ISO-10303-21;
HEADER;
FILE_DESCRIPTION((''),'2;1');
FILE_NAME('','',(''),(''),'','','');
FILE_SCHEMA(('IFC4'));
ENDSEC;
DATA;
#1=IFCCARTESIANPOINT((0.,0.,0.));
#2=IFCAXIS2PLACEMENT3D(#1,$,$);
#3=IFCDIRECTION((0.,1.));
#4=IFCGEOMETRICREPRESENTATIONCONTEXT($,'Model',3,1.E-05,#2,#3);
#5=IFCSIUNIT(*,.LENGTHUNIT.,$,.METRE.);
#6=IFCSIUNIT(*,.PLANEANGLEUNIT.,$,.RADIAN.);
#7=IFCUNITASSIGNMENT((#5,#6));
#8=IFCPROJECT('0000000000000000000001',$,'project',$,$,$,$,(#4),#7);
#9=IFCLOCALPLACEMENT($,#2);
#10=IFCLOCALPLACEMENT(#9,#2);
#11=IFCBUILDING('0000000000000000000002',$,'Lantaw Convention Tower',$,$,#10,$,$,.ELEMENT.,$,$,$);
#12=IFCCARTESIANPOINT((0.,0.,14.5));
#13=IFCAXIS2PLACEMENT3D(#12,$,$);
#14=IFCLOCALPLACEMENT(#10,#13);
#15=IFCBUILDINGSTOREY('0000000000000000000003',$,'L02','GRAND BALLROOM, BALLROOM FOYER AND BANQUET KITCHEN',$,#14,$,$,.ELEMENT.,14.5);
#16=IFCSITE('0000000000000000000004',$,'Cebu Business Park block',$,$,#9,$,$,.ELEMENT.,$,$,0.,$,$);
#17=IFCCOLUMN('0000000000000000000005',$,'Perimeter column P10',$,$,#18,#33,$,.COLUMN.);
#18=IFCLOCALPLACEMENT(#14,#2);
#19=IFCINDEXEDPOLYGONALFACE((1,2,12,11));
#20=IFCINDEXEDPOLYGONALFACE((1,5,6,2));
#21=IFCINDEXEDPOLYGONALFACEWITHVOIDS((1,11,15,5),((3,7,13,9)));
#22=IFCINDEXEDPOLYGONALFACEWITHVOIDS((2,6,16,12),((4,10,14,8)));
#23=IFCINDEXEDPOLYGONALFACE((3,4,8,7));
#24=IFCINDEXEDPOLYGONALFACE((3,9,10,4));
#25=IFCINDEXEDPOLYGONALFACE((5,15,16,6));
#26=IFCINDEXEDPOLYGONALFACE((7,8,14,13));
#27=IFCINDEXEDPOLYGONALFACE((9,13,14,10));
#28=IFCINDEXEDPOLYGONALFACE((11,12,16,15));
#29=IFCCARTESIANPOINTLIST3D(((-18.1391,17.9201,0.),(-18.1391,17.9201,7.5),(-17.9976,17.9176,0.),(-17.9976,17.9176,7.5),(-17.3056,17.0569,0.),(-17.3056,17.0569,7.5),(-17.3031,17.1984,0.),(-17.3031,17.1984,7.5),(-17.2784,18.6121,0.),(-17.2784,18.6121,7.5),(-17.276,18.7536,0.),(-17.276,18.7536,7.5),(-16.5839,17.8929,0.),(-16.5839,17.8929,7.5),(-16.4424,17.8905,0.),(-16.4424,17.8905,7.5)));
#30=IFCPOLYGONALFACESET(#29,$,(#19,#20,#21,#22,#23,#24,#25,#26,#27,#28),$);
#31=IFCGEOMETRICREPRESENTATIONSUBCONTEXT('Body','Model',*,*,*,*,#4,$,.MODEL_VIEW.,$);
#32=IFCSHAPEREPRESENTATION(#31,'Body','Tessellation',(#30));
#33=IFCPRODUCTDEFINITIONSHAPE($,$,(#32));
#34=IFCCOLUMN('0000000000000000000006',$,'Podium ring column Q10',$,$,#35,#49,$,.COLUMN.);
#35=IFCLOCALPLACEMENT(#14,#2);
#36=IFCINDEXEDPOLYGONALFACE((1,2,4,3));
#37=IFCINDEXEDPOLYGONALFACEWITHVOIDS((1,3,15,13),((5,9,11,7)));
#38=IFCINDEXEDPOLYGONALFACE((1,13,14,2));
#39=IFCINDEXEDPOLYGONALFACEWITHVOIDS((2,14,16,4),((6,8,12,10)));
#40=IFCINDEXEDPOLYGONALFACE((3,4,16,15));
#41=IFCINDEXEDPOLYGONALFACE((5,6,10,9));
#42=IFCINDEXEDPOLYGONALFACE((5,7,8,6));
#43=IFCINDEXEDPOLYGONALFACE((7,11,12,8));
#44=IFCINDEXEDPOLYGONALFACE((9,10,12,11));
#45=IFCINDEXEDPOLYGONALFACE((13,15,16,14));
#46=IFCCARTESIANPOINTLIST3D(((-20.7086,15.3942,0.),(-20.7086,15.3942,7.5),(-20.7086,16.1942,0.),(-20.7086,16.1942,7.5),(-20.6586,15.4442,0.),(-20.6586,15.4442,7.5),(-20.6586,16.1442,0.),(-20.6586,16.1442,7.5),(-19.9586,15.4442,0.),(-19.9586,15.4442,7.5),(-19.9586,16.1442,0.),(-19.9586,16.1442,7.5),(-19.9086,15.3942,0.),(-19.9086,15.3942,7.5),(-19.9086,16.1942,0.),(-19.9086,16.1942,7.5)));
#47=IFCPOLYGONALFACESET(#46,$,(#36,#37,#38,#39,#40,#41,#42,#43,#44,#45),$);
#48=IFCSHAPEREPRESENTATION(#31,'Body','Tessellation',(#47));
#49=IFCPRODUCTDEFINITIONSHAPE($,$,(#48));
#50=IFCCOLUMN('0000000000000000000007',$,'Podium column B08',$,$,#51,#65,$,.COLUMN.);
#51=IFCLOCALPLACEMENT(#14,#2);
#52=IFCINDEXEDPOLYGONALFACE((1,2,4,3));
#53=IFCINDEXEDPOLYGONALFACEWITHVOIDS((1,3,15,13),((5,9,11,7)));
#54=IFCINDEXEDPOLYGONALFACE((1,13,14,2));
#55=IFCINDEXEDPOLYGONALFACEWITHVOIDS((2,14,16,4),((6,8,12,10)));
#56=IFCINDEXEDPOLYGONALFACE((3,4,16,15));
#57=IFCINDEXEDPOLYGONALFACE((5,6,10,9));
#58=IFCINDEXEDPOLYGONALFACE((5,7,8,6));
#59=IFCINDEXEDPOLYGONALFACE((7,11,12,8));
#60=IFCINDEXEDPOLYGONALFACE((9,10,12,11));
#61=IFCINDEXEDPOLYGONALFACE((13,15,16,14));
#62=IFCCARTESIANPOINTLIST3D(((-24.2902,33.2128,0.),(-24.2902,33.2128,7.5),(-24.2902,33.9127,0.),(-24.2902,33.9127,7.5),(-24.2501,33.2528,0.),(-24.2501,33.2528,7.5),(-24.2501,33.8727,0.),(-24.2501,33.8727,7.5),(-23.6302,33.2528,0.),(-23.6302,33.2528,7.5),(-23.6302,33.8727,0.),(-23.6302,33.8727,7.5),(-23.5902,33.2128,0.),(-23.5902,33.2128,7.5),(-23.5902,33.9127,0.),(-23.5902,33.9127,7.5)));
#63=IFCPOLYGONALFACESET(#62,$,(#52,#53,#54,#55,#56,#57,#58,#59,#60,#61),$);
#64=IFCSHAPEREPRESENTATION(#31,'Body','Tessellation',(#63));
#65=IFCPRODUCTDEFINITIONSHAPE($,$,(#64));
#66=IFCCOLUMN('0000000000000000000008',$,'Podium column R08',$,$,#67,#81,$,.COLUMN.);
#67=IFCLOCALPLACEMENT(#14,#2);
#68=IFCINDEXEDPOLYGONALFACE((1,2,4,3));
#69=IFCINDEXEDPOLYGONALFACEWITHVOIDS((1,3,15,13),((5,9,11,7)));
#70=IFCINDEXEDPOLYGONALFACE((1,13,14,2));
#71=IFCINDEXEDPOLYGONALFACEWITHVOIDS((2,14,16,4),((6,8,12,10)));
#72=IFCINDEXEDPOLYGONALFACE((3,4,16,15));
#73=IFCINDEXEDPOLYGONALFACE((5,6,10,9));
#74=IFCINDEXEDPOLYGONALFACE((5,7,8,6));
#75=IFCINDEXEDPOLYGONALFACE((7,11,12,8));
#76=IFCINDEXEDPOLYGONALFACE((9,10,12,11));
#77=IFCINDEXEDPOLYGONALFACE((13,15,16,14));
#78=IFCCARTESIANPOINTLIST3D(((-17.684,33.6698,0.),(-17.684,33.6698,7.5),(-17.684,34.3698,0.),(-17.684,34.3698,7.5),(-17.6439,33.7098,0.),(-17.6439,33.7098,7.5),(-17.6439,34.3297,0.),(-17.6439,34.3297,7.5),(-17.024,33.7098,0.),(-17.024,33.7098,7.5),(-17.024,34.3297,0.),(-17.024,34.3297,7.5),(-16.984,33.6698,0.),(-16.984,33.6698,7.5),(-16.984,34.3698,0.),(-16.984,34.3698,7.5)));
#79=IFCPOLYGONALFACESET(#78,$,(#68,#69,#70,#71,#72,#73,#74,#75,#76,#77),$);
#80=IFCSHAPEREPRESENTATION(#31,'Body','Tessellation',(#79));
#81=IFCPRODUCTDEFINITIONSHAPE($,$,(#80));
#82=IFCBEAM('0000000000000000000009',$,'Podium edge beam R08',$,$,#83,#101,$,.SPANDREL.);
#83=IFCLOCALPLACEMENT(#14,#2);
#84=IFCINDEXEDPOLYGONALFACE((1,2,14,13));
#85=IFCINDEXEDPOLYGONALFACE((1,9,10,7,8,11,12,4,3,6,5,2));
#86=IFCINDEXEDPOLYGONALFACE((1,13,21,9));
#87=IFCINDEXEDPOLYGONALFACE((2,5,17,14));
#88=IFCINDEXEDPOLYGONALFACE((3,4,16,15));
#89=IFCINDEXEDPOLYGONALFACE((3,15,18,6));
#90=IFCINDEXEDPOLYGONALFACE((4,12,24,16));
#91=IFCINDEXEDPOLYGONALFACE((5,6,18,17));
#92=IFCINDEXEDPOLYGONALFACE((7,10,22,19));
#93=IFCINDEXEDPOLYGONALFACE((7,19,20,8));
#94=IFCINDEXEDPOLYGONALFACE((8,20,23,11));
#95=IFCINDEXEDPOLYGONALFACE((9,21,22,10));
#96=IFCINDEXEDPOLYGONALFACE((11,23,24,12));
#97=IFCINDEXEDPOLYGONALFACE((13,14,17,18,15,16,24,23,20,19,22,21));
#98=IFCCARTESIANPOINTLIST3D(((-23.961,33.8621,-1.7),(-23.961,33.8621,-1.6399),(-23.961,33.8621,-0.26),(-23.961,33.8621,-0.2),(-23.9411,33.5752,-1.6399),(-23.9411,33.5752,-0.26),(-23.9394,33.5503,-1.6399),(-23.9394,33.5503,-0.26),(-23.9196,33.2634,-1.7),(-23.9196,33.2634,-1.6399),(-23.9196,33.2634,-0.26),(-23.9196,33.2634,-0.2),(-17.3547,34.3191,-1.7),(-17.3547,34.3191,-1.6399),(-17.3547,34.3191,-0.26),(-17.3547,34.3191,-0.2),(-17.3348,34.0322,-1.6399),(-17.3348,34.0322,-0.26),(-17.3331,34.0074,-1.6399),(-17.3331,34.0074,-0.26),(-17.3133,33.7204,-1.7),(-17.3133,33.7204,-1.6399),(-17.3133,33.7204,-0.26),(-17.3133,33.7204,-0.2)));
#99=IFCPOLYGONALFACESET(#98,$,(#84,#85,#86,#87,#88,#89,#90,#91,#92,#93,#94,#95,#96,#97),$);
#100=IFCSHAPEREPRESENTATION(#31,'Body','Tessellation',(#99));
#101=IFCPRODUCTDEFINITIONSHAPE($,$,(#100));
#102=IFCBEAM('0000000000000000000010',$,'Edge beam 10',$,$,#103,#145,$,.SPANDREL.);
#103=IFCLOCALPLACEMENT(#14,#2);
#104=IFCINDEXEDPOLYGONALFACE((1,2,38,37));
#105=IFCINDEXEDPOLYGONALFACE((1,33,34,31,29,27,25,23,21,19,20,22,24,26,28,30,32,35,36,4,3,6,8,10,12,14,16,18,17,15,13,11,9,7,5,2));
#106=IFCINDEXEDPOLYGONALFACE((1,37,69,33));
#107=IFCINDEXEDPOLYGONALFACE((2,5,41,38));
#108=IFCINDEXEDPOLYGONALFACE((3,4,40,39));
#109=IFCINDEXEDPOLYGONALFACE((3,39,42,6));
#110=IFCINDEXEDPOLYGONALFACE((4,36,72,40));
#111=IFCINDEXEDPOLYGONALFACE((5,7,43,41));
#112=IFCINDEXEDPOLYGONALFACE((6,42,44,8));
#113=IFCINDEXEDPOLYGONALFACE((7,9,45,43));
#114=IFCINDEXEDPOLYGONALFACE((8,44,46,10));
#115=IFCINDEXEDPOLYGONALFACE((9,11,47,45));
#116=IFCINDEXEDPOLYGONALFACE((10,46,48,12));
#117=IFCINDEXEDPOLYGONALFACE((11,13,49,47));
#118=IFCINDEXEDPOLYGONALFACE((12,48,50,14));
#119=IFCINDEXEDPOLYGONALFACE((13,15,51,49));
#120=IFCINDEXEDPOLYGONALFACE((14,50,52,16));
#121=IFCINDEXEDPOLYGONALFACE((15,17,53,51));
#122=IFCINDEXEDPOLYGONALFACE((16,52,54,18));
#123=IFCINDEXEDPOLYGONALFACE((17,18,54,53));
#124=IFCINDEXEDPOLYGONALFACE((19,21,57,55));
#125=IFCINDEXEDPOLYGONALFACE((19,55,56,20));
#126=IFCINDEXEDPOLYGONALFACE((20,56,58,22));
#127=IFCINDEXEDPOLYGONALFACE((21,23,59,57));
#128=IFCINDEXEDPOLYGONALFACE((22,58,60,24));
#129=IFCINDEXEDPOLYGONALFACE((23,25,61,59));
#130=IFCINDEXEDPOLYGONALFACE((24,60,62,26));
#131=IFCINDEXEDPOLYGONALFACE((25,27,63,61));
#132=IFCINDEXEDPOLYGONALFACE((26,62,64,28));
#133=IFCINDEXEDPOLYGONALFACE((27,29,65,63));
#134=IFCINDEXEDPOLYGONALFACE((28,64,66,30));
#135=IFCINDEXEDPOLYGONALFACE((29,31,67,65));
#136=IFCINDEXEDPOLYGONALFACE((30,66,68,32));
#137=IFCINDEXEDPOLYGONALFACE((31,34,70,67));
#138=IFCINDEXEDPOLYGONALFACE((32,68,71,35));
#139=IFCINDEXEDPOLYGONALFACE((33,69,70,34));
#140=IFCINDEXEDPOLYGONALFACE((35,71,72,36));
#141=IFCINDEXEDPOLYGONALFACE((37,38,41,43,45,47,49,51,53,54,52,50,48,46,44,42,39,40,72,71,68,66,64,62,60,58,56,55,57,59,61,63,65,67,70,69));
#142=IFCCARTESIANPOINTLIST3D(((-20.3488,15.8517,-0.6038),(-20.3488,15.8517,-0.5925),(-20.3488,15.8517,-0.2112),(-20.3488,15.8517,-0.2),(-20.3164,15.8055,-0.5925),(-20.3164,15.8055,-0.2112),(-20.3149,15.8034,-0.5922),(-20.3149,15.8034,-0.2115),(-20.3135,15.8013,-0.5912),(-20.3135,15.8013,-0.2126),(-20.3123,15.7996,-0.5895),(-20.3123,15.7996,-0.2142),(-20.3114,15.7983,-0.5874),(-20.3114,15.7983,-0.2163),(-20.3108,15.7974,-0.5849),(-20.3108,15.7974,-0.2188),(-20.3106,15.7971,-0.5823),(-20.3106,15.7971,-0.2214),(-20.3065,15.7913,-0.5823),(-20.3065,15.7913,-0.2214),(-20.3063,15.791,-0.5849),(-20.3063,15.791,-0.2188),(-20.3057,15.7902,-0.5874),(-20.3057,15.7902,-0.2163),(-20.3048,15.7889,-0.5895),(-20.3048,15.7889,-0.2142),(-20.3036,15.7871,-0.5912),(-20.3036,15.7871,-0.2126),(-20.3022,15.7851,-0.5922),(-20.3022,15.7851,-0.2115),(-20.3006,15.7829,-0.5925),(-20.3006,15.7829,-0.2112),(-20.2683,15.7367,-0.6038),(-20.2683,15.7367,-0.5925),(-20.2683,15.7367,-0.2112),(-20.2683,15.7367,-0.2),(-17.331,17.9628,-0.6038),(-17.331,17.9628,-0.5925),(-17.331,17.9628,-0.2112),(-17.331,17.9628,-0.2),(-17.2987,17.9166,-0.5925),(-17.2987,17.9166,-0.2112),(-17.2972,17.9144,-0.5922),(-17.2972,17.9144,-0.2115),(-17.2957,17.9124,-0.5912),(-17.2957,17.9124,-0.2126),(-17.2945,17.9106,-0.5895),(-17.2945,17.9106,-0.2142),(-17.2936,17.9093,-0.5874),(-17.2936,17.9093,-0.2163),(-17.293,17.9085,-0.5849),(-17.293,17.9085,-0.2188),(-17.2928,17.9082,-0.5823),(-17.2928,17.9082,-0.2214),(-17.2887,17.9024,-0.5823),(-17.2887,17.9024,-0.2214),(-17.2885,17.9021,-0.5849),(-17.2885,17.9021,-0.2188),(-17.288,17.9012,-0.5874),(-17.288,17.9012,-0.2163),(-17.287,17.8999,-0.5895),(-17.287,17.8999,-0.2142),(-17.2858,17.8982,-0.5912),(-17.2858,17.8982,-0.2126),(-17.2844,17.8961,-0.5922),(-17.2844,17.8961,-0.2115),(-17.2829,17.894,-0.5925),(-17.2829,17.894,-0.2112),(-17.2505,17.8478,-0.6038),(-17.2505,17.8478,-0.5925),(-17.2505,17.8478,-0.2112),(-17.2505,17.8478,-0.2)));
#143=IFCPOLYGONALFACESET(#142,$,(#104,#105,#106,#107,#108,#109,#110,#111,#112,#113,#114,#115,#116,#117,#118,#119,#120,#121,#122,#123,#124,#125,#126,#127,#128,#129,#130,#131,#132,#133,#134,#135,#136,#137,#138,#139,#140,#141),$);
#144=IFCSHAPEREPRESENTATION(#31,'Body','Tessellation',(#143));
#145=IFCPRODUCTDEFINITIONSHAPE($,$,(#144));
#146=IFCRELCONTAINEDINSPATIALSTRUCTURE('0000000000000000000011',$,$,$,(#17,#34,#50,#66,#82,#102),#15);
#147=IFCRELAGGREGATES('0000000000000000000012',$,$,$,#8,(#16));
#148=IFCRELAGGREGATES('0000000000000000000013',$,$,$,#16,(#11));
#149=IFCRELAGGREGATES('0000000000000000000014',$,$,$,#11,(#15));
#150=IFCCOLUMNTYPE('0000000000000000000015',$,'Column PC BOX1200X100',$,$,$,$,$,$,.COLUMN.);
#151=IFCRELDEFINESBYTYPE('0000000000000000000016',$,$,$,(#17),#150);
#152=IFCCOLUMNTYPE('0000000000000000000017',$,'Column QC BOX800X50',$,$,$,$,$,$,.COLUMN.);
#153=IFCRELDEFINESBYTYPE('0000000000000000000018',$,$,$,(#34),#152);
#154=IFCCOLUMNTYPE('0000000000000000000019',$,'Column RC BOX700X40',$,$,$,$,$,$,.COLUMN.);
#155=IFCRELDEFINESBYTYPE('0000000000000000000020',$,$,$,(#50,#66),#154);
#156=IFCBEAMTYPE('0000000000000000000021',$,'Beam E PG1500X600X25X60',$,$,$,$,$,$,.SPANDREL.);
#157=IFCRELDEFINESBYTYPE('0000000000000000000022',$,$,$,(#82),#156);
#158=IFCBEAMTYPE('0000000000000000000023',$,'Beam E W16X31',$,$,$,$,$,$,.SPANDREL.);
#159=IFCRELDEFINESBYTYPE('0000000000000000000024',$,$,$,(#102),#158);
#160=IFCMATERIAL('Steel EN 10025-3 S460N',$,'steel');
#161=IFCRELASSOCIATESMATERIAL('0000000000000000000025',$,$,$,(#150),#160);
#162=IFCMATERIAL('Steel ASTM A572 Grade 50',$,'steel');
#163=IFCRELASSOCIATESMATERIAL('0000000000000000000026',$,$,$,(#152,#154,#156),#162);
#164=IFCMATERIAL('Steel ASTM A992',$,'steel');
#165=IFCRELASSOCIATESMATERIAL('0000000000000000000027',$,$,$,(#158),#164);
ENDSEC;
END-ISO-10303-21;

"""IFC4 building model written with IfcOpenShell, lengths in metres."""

from ifc_helpers import new_model, si_unit, direction, frame, origin, origin_2d, place, context, subcontext, project, spatial, rectangle, hollow_rectangle, i_section, extrude, material, material_profile, profile_set, type_object, element, save


model = new_model("IFC4")

# Units and contexts
model_context = context("Model", 3, precision=1e-05, world=origin(), true_north=direction((0.0, 1.0)))
body_context = subcontext(model_context, "Body", "Model", "MODEL_VIEW")
ifc_project = project(units=[si_unit("LENGTHUNIT", "METRE"), si_unit("PLANEANGLEUNIT", "RADIAN")], contexts=[model_context])

# Site, building, storey
site_placement = place(None, origin())
site = spatial("IfcSite", under=ifc_project, at=site_placement, Name="Cebu Business Park block", CompositionType="ELEMENT", RefElevation=0.0)
building_placement = place(site_placement, origin())
building = spatial("IfcBuilding", under=site, at=building_placement, Name="Lantaw Convention Tower", CompositionType="ELEMENT")
storey_placement = place(building_placement, frame((0.0, 0.0, 14.5)))
storey = spatial("IfcBuildingStorey", under=building, at=storey_placement, Name="L02", Description="GRAND BALLROOM, BALLROOM FOYER AND BANQUET KITCHEN", CompositionType="ELEMENT", Elevation=14.5)

# Columns
ifc_material_1 = material(Name="Steel EN 10025-3 S460N", Category="steel")
ifc_material_profile_1 = material_profile(ifc_material_1, hollow_rectangle(XDim=1.2, YDim=1.2, WallThickness=0.1001, at=origin_2d()), Name="BOX1200X100")
ifc_material_2 = material(Name="Concrete C60/75", Category="concrete")
ifc_material_profile_2 = material_profile(ifc_material_2, rectangle(XDim=1.0, YDim=1.0, at=origin_2d()), Name="Concrete fill of BOX1200X100")
ifc_profile_set_1 = profile_set([ifc_material_profile_1, ifc_material_profile_2], Name="Steel EN 10025-3 S460N")
column_type_1 = type_object("IfcColumnType", Name="Column PC BOX1200X100", PredefinedType="COLUMN", material=ifc_profile_set_1)
column_1_placement = place(storey_placement, frame((-17.2908, 17.9053, 0.0), z_axis=(0.0, 0.0, 1.0), x_axis=(0.71934, 0.694658, 0.0)))
element("IfcColumn", 1, at=column_1_placement, inside=storey, type_object=column_type_1, Name="Perimeter column P10", PredefinedType="COLUMN", context=body_context, shape_type="SweptSolid", body=[
    extrude(hollow_rectangle(XDim=1.2, YDim=1.2, WallThickness=0.1001, at=origin_2d()), origin(), (0.0, 0.0, 1.0), 7.5),
])
ifc_material_3 = material(Name="Steel ASTM A572 Grade 50", Category="steel")
ifc_material_profile_3 = material_profile(ifc_material_3, hollow_rectangle(XDim=0.8, YDim=0.8, WallThickness=0.05, at=origin_2d()), Name="BOX800X50")
ifc_profile_set_2 = profile_set([ifc_material_profile_3], Name="Steel ASTM A572 Grade 50")
column_type_2 = type_object("IfcColumnType", Name="Column QC BOX800X50", PredefinedType="COLUMN", material=ifc_profile_set_2)
column_2_placement = place(storey_placement, frame((-20.3086, 15.7942, 0.0), z_axis=(0.0, 0.0, 1.0), x_axis=(1.0, 0.0, 0.0)))
element("IfcColumn", 2, at=column_2_placement, inside=storey, type_object=column_type_2, Name="Podium ring column Q10", PredefinedType="COLUMN", context=body_context, shape_type="SweptSolid", body=[
    extrude(hollow_rectangle(XDim=0.8, YDim=0.8, WallThickness=0.05, at=origin_2d()), origin(), (0.0, 0.0, 1.0), 7.5),
])
ifc_material_profile_4 = material_profile(ifc_material_3, hollow_rectangle(XDim=0.7, YDim=0.7, WallThickness=0.04, at=origin_2d()), Name="BOX700X40")
ifc_profile_set_3 = profile_set([ifc_material_profile_4], Name="Steel ASTM A572 Grade 50")
column_type_3 = type_object("IfcColumnType", Name="Column RC BOX700X40", PredefinedType="COLUMN", material=ifc_profile_set_3)
for number, where, z_axis, x_axis, name in (
    (3, (-23.9402, 33.5627, 0.0), (0.0, 0.0, 1.0), (1.0, 0.0, 0.0), "Podium column B08"),
    (4, (-17.334, 34.0198, 0.0), (0.0, 0.0, 1.0), (1.0, 0.0, 0.0), "Podium column R08"),
):
    element("IfcColumn", number, at=place(storey_placement, frame(where, z_axis=z_axis, x_axis=x_axis)), inside=storey, type_object=column_type_3, Name=name, PredefinedType="COLUMN", context=body_context, shape_type="SweptSolid", body=[
        extrude(hollow_rectangle(XDim=0.7, YDim=0.7, WallThickness=0.04, at=origin_2d()), origin(), (0.0, 0.0, 1.0), 7.5),
    ])

# Beams
ifc_material_profile_5 = material_profile(ifc_material_3, i_section(OverallWidth=0.6001, OverallDepth=1.5, WebThickness=0.0249, FlangeThickness=0.0601, at=origin_2d()), Name="PG1500X600X25X60")
ifc_profile_set_4 = profile_set([ifc_material_profile_5], Name="Steel ASTM A572 Grade 50")
beam_type_1 = type_object("IfcBeamType", Name="Beam E PG1500X600X25X60", PredefinedType="SPANDREL", material=ifc_profile_set_4)
beam_1_placement = place(storey_placement, frame((-17.334, 34.0198, -0.95), z_axis=(-0.997615, -0.069017, 0.0), x_axis=(0.069017, -0.997615, 0.0)))
element("IfcBeam", 5, at=beam_1_placement, inside=storey, type_object=beam_type_1, Name="Podium edge beam R08", PredefinedType="SPANDREL", context=body_context, shape_type="SweptSolid", body=[
    extrude(i_section(OverallWidth=0.6001, OverallDepth=1.5, WebThickness=0.0249, FlangeThickness=0.0601, at=origin_2d()), origin(), (0.0, 0.0, 1.0), 6.6221),
])
ifc_material_4 = material(Name="Steel ASTM A992", Category="steel")
ifc_material_profile_6 = material_profile(ifc_material_4, i_section(OverallWidth=0.1404, OverallDepth=0.4038, WebThickness=0.0071, FlangeThickness=0.0112, FilletRadius=0.0103, at=origin_2d()), Name="W16X31")
ifc_profile_set_5 = profile_set([ifc_material_profile_6], Name="Steel ASTM A992")
beam_type_2 = type_object("IfcBeamType", Name="Beam E W16X31", PredefinedType="SPANDREL", material=ifc_profile_set_5)
beam_2_placement = place(storey_placement, frame((-17.2908, 17.9053, -0.4019), z_axis=(-0.819409, -0.573209, 0.0), x_axis=(0.573209, -0.819409, 0.0)))
element("IfcBeam", 6, at=beam_2_placement, inside=storey, type_object=beam_type_2, Name="Edge beam 10", PredefinedType="SPANDREL", context=body_context, shape_type="SweptSolid", body=[
    extrude(i_section(OverallWidth=0.1404, OverallDepth=0.4038, WebThickness=0.0071, FlangeThickness=0.0112, FilletRadius=0.0103, at=origin_2d()), origin(), (0.0, 0.0, 1.0), 3.6829),
])

save(model, "model.ifc")
